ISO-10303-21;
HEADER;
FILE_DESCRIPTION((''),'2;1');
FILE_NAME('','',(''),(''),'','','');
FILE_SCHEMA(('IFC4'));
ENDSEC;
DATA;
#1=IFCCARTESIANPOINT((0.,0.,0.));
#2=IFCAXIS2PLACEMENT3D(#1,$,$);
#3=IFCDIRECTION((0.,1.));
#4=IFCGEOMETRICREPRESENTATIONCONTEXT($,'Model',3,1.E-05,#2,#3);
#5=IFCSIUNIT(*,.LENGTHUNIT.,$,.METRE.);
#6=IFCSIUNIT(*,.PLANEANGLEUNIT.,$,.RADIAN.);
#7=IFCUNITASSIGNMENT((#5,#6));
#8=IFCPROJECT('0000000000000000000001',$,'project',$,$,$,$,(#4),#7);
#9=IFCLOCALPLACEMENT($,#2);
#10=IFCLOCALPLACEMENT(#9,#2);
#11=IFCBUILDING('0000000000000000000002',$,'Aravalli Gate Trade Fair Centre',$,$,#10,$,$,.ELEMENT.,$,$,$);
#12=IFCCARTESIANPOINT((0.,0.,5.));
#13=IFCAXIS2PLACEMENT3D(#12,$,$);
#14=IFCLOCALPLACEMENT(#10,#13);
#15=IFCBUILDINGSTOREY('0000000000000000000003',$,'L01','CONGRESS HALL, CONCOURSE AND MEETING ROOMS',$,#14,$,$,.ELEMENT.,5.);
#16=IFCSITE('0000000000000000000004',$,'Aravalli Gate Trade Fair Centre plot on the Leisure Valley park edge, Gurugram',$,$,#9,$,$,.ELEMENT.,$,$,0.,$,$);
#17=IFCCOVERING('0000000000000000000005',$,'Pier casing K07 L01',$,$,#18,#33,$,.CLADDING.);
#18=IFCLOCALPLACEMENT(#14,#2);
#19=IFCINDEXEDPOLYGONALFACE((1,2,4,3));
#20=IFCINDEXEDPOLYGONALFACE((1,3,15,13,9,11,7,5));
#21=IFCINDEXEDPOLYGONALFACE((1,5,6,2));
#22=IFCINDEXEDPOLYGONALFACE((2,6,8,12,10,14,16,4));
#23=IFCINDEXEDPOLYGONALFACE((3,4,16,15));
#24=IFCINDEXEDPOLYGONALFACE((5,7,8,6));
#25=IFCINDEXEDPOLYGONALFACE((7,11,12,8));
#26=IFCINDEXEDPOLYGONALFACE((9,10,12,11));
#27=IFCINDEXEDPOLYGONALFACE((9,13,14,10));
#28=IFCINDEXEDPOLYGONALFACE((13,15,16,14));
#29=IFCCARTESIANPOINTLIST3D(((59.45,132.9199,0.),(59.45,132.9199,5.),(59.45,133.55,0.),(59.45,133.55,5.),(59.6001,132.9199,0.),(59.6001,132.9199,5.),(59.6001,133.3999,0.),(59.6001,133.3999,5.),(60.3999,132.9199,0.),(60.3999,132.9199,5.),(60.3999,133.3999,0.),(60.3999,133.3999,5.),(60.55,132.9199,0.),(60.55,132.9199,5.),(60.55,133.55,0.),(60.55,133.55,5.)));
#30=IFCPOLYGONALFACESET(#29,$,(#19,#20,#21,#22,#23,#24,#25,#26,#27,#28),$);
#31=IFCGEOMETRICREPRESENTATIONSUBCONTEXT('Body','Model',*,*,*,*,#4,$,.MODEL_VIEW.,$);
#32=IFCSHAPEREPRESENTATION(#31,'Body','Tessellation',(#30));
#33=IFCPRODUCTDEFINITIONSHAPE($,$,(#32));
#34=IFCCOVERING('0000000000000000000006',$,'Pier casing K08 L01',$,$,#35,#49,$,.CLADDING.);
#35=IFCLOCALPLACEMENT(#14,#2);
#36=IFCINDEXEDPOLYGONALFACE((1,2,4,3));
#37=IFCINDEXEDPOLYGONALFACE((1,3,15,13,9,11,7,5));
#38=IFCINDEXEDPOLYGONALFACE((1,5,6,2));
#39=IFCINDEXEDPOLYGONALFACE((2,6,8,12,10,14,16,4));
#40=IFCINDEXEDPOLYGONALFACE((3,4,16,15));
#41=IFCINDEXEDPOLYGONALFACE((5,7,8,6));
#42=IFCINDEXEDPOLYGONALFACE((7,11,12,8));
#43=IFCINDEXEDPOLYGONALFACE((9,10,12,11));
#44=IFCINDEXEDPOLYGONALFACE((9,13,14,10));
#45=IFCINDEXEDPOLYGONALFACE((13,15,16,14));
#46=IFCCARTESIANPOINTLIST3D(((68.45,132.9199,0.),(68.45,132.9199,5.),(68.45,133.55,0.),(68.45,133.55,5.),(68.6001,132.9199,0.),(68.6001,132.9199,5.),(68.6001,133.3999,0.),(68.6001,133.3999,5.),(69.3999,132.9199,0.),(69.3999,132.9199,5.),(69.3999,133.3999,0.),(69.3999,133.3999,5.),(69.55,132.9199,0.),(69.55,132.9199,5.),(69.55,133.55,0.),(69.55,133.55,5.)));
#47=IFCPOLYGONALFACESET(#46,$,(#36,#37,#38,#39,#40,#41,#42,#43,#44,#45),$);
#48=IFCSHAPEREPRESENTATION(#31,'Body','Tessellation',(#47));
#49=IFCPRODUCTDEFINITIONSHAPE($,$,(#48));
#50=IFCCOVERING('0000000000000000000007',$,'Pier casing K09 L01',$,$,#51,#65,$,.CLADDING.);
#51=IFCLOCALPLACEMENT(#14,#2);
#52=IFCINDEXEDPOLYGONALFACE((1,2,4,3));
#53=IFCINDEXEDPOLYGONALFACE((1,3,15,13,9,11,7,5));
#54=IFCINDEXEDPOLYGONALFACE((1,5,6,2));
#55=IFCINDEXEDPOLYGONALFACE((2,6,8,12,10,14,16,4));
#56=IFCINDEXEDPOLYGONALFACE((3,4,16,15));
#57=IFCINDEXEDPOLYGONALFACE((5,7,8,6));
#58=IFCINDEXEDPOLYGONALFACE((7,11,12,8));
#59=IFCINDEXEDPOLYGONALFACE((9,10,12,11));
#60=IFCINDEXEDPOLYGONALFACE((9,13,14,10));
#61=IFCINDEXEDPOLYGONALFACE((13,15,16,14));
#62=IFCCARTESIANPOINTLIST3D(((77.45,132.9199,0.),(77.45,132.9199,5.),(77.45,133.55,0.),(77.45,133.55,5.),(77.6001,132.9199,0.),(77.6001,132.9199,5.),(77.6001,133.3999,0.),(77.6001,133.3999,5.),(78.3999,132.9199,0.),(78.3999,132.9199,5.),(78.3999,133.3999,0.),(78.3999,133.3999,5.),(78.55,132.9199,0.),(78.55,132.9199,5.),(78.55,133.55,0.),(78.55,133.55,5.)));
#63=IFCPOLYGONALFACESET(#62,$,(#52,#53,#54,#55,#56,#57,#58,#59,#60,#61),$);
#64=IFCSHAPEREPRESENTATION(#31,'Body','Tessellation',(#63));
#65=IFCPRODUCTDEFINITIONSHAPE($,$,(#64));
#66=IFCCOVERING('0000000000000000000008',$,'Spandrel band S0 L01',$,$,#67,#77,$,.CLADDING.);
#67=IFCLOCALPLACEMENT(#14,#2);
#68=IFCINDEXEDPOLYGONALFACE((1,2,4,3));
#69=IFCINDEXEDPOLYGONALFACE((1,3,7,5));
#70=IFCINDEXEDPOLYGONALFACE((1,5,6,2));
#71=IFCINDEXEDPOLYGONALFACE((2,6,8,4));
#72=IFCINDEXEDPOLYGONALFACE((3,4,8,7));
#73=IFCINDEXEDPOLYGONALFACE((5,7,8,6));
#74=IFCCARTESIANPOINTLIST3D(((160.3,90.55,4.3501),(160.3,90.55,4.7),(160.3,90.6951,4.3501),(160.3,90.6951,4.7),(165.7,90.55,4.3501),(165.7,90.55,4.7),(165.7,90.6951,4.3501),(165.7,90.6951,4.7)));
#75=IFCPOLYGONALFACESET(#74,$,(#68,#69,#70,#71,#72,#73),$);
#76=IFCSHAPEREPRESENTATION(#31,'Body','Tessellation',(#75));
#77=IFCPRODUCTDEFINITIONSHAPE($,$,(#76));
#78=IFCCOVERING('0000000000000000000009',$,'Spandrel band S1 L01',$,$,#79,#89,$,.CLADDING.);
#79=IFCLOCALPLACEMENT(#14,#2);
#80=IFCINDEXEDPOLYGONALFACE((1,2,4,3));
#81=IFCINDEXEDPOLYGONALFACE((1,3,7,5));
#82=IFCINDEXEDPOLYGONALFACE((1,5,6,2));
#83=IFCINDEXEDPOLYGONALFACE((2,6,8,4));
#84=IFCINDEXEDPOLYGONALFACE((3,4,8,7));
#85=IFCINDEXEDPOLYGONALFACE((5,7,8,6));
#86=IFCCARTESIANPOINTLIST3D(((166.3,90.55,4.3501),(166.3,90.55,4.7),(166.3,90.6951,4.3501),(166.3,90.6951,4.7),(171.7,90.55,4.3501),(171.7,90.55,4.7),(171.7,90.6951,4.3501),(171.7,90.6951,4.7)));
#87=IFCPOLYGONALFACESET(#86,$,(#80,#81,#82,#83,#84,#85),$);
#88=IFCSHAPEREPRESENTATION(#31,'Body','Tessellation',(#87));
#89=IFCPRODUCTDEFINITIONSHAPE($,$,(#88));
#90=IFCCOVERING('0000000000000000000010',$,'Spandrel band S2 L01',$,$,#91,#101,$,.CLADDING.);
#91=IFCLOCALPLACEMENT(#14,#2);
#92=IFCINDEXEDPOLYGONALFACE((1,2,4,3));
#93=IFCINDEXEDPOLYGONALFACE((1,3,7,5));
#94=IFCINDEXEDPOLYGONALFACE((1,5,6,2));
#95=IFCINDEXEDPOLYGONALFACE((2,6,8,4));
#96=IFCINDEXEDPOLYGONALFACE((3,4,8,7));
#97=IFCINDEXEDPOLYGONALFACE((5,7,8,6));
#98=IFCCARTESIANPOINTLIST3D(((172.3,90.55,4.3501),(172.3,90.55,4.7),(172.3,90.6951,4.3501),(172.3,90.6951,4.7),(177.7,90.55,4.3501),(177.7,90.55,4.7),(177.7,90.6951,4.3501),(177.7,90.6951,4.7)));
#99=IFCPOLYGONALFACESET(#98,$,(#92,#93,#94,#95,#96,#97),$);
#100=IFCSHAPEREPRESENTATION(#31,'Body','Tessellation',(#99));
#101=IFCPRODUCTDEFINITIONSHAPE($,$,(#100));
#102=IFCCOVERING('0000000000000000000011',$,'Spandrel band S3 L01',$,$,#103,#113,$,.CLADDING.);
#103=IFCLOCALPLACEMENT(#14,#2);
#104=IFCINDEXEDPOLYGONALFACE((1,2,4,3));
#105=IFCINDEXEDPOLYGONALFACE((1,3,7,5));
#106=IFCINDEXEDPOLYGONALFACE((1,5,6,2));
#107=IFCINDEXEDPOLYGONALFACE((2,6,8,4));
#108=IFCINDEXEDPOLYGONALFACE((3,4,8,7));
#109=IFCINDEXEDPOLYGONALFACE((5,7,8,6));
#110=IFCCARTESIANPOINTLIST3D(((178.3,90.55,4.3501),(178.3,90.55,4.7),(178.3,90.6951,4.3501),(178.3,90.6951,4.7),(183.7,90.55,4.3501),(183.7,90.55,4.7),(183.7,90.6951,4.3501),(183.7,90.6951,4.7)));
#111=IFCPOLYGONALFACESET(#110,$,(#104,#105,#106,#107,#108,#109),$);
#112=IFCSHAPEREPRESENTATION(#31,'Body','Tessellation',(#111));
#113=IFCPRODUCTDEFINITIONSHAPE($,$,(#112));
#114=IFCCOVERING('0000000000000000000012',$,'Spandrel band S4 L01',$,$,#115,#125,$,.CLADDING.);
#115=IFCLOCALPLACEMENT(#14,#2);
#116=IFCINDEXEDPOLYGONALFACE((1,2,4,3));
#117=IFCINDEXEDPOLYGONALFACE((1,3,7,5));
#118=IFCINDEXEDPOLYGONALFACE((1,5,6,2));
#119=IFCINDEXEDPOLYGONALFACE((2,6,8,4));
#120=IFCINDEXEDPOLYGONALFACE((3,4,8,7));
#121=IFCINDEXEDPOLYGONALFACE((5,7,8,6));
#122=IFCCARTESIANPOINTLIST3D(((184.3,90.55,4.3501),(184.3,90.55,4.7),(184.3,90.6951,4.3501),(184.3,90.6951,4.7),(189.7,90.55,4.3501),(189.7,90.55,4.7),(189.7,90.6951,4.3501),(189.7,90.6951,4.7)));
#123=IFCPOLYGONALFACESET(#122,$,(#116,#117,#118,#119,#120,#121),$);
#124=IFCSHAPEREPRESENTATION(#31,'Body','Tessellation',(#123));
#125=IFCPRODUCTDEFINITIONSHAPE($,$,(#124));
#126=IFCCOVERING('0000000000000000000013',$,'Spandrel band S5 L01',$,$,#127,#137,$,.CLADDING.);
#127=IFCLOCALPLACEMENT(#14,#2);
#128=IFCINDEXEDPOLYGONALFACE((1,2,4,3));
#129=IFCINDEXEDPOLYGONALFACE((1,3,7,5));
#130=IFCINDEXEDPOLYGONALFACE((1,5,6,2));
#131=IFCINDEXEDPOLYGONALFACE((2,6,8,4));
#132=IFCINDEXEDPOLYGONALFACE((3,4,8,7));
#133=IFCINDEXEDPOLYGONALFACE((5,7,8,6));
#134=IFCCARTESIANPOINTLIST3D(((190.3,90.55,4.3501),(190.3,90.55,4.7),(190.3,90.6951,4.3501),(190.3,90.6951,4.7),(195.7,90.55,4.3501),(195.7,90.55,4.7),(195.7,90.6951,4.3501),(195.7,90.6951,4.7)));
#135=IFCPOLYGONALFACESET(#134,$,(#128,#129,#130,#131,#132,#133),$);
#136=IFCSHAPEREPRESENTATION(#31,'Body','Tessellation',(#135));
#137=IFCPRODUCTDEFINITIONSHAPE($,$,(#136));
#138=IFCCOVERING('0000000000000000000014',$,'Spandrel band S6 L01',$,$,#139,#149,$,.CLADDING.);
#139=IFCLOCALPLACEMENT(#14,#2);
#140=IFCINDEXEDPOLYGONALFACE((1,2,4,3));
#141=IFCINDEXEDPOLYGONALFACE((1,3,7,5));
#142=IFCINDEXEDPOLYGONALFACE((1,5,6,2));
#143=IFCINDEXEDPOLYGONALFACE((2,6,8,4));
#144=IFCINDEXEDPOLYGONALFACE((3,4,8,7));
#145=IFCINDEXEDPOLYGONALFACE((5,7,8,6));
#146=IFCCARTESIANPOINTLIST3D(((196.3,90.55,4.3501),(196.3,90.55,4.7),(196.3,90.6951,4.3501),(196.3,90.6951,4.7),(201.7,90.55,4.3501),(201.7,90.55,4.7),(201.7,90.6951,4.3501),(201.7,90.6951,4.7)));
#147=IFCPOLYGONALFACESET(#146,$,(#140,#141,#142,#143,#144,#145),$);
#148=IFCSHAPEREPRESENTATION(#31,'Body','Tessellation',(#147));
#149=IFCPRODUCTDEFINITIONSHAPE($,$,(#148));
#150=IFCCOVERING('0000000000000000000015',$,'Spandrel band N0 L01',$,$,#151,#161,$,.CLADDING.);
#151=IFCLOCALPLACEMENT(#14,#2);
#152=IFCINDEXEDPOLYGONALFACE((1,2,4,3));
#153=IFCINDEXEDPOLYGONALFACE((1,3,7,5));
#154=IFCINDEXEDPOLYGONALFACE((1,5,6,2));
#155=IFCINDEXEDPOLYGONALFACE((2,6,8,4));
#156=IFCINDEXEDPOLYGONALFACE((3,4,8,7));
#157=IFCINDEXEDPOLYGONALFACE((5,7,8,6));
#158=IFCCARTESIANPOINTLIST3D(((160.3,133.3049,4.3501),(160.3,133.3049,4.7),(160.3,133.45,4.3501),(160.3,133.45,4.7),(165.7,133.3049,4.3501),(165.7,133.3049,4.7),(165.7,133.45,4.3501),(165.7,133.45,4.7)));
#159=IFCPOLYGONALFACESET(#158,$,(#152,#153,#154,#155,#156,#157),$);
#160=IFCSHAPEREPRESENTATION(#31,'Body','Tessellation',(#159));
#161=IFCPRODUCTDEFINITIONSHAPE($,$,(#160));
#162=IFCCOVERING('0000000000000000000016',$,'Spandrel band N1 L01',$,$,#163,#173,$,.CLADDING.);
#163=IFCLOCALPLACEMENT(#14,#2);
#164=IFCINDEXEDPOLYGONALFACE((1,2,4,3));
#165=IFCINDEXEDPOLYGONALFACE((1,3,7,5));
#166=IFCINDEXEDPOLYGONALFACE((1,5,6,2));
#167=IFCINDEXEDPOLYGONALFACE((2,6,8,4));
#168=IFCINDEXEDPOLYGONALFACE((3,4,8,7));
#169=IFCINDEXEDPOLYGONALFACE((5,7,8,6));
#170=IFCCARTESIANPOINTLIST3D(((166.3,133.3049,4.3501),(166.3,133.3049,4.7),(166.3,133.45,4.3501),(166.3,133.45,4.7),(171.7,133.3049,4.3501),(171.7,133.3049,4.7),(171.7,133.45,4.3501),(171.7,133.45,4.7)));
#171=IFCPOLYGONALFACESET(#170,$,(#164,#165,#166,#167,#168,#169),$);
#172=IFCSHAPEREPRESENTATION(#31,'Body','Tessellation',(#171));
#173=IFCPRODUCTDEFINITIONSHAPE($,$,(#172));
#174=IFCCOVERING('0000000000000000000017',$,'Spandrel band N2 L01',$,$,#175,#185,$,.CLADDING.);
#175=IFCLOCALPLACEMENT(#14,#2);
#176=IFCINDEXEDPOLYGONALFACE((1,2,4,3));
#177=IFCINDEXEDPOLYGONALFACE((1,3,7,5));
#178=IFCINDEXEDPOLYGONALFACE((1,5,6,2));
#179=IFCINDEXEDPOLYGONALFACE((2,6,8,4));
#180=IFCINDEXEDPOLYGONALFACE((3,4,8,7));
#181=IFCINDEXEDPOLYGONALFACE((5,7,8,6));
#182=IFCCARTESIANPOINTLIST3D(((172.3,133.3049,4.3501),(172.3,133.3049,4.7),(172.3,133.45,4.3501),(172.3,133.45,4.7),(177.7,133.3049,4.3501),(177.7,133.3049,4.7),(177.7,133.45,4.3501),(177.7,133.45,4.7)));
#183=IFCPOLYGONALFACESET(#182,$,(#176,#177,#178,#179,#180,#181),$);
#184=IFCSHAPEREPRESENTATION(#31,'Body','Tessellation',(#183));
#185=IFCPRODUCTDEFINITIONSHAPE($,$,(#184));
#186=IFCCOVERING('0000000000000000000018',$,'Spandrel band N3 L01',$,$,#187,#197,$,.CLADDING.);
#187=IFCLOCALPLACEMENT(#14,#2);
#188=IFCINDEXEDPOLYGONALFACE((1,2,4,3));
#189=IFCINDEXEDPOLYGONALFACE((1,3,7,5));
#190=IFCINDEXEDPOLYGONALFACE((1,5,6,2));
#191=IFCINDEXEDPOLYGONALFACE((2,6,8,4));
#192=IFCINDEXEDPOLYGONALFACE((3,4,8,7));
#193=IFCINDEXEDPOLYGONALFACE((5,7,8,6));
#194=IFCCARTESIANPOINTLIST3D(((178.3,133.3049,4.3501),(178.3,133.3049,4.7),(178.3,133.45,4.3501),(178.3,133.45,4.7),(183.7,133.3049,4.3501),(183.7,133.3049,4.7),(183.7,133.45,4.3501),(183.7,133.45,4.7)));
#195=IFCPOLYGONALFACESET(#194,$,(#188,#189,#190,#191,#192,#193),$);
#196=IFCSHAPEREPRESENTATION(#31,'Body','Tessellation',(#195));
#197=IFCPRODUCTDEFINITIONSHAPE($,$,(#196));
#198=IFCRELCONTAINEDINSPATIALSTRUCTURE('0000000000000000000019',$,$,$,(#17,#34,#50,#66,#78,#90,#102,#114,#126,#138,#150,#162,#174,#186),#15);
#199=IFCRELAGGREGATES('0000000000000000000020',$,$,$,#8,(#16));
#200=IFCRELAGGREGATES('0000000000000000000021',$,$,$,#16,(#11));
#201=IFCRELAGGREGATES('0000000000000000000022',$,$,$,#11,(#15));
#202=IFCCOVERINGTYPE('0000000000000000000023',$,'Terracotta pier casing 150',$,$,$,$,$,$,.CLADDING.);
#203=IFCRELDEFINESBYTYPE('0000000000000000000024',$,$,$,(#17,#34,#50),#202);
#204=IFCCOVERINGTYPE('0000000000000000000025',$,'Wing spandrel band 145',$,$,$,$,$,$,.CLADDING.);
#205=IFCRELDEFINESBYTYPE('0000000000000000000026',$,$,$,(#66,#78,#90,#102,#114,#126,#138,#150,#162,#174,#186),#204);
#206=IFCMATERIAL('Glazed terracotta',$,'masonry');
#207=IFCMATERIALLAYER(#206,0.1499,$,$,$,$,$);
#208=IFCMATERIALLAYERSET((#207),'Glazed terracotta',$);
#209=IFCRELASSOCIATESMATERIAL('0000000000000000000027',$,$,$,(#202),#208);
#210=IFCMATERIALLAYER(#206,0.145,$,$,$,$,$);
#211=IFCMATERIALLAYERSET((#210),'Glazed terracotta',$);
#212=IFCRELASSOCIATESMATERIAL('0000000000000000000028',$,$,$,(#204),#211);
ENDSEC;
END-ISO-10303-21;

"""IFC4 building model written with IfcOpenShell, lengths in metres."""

from ifc_helpers import new_model, si_unit, direction, frame, origin, place, context, subcontext, project, spatial, polyline, outline, extrude, material, layer, layer_set, type_object, element, save


model = new_model("IFC4")

# Units and contexts
model_context = context("Model", 3, precision=1e-05, world=origin(), true_north=direction((0.0, 1.0)))
body_context = subcontext(model_context, "Body", "Model", "MODEL_VIEW")
ifc_project = project(units=[si_unit("LENGTHUNIT", "METRE"), si_unit("PLANEANGLEUNIT", "RADIAN")], contexts=[model_context])

# Site, building, storey
site_placement = place(None, origin())
site = spatial("IfcSite", under=ifc_project, at=site_placement, Name="Aravalli Gate Trade Fair Centre plot on the Leisure Valley park edge, Gurugram", CompositionType="ELEMENT", RefElevation=0.0)
building_placement = place(site_placement, origin())
building = spatial("IfcBuilding", under=site, at=building_placement, Name="Aravalli Gate Trade Fair Centre", CompositionType="ELEMENT")
storey_placement = place(building_placement, frame((0.0, 0.0, 5.0)))
storey = spatial("IfcBuildingStorey", under=building, at=storey_placement, Name="L01", Description="CONGRESS HALL, CONCOURSE AND MEETING ROOMS", CompositionType="ELEMENT", Elevation=5.0)

# Coverings
ifc_material_1 = material(Name="Glazed terracotta", Category="masonry")
ifc_layer_1 = layer(ifc_material_1, 0.1499)
ifc_layer_set_1 = layer_set([ifc_layer_1], Name="Glazed terracotta")
covering_type_1 = type_object("IfcCoveringType", Name="Terracotta pier casing 150", PredefinedType="CLADDING", material=ifc_layer_set_1)
covering_1_placement = place(storey_placement, origin())
element("IfcCovering", 1, at=covering_1_placement, inside=storey, type_object=covering_type_1, Name="Pier casing K07 L01", PredefinedType="CLADDING", context=body_context, shape_type="SweptSolid", body=[
    extrude(outline(polyline([(59.45, 132.9199), (59.6001, 132.9199), (59.6001, 133.3999), (60.3999, 133.3999), (60.3999, 132.9199), (60.55, 132.9199), (60.55, 133.55), (59.45, 133.55), (59.45, 132.9199)])), origin(), (0.0, 0.0, 1.0), 5.0),
])
covering_2_placement = place(storey_placement, origin())
element("IfcCovering", 2, at=covering_2_placement, inside=storey, type_object=covering_type_1, Name="Pier casing K08 L01", PredefinedType="CLADDING", context=body_context, shape_type="SweptSolid", body=[
    extrude(outline(polyline([(68.45, 132.9199), (68.6001, 132.9199), (68.6001, 133.3999), (69.3999, 133.3999), (69.3999, 132.9199), (69.55, 132.9199), (69.55, 133.55), (68.45, 133.55), (68.45, 132.9199)])), origin(), (0.0, 0.0, 1.0), 5.0),
])
covering_3_placement = place(storey_placement, origin())
element("IfcCovering", 3, at=covering_3_placement, inside=storey, type_object=covering_type_1, Name="Pier casing K09 L01", PredefinedType="CLADDING", context=body_context, shape_type="SweptSolid", body=[
    extrude(outline(polyline([(77.45, 132.9199), (77.6001, 132.9199), (77.6001, 133.3999), (78.3999, 133.3999), (78.3999, 132.9199), (78.55, 132.9199), (78.55, 133.55), (77.45, 133.55), (77.45, 132.9199)])), origin(), (0.0, 0.0, 1.0), 5.0),
])
ifc_layer_2 = layer(ifc_material_1, 0.145)
ifc_layer_set_2 = layer_set([ifc_layer_2], Name="Glazed terracotta")
covering_type_2 = type_object("IfcCoveringType", Name="Wing spandrel band 145", PredefinedType="CLADDING", material=ifc_layer_set_2)
covering_4_placement = place(storey_placement, frame((0.0, 0.0, 4.3501)))
element("IfcCovering", 4, at=covering_4_placement, inside=storey, type_object=covering_type_2, Name="Spandrel band S0 L01", PredefinedType="CLADDING", context=body_context, shape_type="SweptSolid", body=[
    extrude(outline(polyline([(160.3, 90.55), (165.7, 90.55), (165.7, 90.6951), (160.3, 90.6951), (160.3, 90.55)])), origin(), (0.0, 0.0, 1.0), 0.3499),
])
covering_5_placement = place(storey_placement, frame((0.0, 0.0, 4.3501)))
element("IfcCovering", 5, at=covering_5_placement, inside=storey, type_object=covering_type_2, Name="Spandrel band S1 L01", PredefinedType="CLADDING", context=body_context, shape_type="SweptSolid", body=[
    extrude(outline(polyline([(166.3, 90.55), (171.7, 90.55), (171.7, 90.6951), (166.3, 90.6951), (166.3, 90.55)])), origin(), (0.0, 0.0, 1.0), 0.3499),
])
covering_6_placement = place(storey_placement, frame((0.0, 0.0, 4.3501)))
element("IfcCovering", 6, at=covering_6_placement, inside=storey, type_object=covering_type_2, Name="Spandrel band S2 L01", PredefinedType="CLADDING", context=body_context, shape_type="SweptSolid", body=[
    extrude(outline(polyline([(172.3, 90.55), (177.7, 90.55), (177.7, 90.6951), (172.3, 90.6951), (172.3, 90.55)])), origin(), (0.0, 0.0, 1.0), 0.3499),
])
covering_7_placement = place(storey_placement, frame((0.0, 0.0, 4.3501)))
element("IfcCovering", 7, at=covering_7_placement, inside=storey, type_object=covering_type_2, Name="Spandrel band S3 L01", PredefinedType="CLADDING", context=body_context, shape_type="SweptSolid", body=[
    extrude(outline(polyline([(178.3, 90.55), (183.7, 90.55), (183.7, 90.6951), (178.3, 90.6951), (178.3, 90.55)])), origin(), (0.0, 0.0, 1.0), 0.3499),
])
covering_8_placement = place(storey_placement, frame((0.0, 0.0, 4.3501)))
element("IfcCovering", 8, at=covering_8_placement, inside=storey, type_object=covering_type_2, Name="Spandrel band S4 L01", PredefinedType="CLADDING", context=body_context, shape_type="SweptSolid", body=[
    extrude(outline(polyline([(184.3, 90.55), (189.7, 90.55), (189.7, 90.6951), (184.3, 90.6951), (184.3, 90.55)])), origin(), (0.0, 0.0, 1.0), 0.3499),
])
covering_9_placement = place(storey_placement, frame((0.0, 0.0, 4.3501)))
element("IfcCovering", 9, at=covering_9_placement, inside=storey, type_object=covering_type_2, Name="Spandrel band S5 L01", PredefinedType="CLADDING", context=body_context, shape_type="SweptSolid", body=[
    extrude(outline(polyline([(190.3, 90.55), (195.7, 90.55), (195.7, 90.6951), (190.3, 90.6951), (190.3, 90.55)])), origin(), (0.0, 0.0, 1.0), 0.3499),
])
covering_10_placement = place(storey_placement, frame((0.0, 0.0, 4.3501)))
element("IfcCovering", 10, at=covering_10_placement, inside=storey, type_object=covering_type_2, Name="Spandrel band S6 L01", PredefinedType="CLADDING", context=body_context, shape_type="SweptSolid", body=[
    extrude(outline(polyline([(196.3, 90.55), (201.7, 90.55), (201.7, 90.6951), (196.3, 90.6951), (196.3, 90.55)])), origin(), (0.0, 0.0, 1.0), 0.3499),
])
covering_11_placement = place(storey_placement, frame((0.0, 0.0, 4.3501)))
element("IfcCovering", 11, at=covering_11_placement, inside=storey, type_object=covering_type_2, Name="Spandrel band N0 L01", PredefinedType="CLADDING", context=body_context, shape_type="SweptSolid", body=[
    extrude(outline(polyline([(160.3, 133.3049), (165.7, 133.3049), (165.7, 133.45), (160.3, 133.45), (160.3, 133.3049)])), origin(), (0.0, 0.0, 1.0), 0.3499),
])
covering_12_placement = place(storey_placement, frame((0.0, 0.0, 4.3501)))
element("IfcCovering", 12, at=covering_12_placement, inside=storey, type_object=covering_type_2, Name="Spandrel band N1 L01", PredefinedType="CLADDING", context=body_context, shape_type="SweptSolid", body=[
    extrude(outline(polyline([(166.3, 133.3049), (171.7, 133.3049), (171.7, 133.45), (166.3, 133.45), (166.3, 133.3049)])), origin(), (0.0, 0.0, 1.0), 0.3499),
])
covering_13_placement = place(storey_placement, frame((0.0, 0.0, 4.3501)))
element("IfcCovering", 13, at=covering_13_placement, inside=storey, type_object=covering_type_2, Name="Spandrel band N2 L01", PredefinedType="CLADDING", context=body_context, shape_type="SweptSolid", body=[
    extrude(outline(polyline([(172.3, 133.3049), (177.7, 133.3049), (177.7, 133.45), (172.3, 133.45), (172.3, 133.3049)])), origin(), (0.0, 0.0, 1.0), 0.3499),
])
covering_14_placement = place(storey_placement, frame((0.0, 0.0, 4.3501)))
element("IfcCovering", 14, at=covering_14_placement, inside=storey, type_object=covering_type_2, Name="Spandrel band N3 L01", PredefinedType="CLADDING", context=body_context, shape_type="SweptSolid", body=[
    extrude(outline(polyline([(178.3, 133.3049), (183.7, 133.3049), (183.7, 133.45), (178.3, 133.45), (178.3, 133.3049)])), origin(), (0.0, 0.0, 1.0), 0.3499),
])

save(model, "model.ifc")
